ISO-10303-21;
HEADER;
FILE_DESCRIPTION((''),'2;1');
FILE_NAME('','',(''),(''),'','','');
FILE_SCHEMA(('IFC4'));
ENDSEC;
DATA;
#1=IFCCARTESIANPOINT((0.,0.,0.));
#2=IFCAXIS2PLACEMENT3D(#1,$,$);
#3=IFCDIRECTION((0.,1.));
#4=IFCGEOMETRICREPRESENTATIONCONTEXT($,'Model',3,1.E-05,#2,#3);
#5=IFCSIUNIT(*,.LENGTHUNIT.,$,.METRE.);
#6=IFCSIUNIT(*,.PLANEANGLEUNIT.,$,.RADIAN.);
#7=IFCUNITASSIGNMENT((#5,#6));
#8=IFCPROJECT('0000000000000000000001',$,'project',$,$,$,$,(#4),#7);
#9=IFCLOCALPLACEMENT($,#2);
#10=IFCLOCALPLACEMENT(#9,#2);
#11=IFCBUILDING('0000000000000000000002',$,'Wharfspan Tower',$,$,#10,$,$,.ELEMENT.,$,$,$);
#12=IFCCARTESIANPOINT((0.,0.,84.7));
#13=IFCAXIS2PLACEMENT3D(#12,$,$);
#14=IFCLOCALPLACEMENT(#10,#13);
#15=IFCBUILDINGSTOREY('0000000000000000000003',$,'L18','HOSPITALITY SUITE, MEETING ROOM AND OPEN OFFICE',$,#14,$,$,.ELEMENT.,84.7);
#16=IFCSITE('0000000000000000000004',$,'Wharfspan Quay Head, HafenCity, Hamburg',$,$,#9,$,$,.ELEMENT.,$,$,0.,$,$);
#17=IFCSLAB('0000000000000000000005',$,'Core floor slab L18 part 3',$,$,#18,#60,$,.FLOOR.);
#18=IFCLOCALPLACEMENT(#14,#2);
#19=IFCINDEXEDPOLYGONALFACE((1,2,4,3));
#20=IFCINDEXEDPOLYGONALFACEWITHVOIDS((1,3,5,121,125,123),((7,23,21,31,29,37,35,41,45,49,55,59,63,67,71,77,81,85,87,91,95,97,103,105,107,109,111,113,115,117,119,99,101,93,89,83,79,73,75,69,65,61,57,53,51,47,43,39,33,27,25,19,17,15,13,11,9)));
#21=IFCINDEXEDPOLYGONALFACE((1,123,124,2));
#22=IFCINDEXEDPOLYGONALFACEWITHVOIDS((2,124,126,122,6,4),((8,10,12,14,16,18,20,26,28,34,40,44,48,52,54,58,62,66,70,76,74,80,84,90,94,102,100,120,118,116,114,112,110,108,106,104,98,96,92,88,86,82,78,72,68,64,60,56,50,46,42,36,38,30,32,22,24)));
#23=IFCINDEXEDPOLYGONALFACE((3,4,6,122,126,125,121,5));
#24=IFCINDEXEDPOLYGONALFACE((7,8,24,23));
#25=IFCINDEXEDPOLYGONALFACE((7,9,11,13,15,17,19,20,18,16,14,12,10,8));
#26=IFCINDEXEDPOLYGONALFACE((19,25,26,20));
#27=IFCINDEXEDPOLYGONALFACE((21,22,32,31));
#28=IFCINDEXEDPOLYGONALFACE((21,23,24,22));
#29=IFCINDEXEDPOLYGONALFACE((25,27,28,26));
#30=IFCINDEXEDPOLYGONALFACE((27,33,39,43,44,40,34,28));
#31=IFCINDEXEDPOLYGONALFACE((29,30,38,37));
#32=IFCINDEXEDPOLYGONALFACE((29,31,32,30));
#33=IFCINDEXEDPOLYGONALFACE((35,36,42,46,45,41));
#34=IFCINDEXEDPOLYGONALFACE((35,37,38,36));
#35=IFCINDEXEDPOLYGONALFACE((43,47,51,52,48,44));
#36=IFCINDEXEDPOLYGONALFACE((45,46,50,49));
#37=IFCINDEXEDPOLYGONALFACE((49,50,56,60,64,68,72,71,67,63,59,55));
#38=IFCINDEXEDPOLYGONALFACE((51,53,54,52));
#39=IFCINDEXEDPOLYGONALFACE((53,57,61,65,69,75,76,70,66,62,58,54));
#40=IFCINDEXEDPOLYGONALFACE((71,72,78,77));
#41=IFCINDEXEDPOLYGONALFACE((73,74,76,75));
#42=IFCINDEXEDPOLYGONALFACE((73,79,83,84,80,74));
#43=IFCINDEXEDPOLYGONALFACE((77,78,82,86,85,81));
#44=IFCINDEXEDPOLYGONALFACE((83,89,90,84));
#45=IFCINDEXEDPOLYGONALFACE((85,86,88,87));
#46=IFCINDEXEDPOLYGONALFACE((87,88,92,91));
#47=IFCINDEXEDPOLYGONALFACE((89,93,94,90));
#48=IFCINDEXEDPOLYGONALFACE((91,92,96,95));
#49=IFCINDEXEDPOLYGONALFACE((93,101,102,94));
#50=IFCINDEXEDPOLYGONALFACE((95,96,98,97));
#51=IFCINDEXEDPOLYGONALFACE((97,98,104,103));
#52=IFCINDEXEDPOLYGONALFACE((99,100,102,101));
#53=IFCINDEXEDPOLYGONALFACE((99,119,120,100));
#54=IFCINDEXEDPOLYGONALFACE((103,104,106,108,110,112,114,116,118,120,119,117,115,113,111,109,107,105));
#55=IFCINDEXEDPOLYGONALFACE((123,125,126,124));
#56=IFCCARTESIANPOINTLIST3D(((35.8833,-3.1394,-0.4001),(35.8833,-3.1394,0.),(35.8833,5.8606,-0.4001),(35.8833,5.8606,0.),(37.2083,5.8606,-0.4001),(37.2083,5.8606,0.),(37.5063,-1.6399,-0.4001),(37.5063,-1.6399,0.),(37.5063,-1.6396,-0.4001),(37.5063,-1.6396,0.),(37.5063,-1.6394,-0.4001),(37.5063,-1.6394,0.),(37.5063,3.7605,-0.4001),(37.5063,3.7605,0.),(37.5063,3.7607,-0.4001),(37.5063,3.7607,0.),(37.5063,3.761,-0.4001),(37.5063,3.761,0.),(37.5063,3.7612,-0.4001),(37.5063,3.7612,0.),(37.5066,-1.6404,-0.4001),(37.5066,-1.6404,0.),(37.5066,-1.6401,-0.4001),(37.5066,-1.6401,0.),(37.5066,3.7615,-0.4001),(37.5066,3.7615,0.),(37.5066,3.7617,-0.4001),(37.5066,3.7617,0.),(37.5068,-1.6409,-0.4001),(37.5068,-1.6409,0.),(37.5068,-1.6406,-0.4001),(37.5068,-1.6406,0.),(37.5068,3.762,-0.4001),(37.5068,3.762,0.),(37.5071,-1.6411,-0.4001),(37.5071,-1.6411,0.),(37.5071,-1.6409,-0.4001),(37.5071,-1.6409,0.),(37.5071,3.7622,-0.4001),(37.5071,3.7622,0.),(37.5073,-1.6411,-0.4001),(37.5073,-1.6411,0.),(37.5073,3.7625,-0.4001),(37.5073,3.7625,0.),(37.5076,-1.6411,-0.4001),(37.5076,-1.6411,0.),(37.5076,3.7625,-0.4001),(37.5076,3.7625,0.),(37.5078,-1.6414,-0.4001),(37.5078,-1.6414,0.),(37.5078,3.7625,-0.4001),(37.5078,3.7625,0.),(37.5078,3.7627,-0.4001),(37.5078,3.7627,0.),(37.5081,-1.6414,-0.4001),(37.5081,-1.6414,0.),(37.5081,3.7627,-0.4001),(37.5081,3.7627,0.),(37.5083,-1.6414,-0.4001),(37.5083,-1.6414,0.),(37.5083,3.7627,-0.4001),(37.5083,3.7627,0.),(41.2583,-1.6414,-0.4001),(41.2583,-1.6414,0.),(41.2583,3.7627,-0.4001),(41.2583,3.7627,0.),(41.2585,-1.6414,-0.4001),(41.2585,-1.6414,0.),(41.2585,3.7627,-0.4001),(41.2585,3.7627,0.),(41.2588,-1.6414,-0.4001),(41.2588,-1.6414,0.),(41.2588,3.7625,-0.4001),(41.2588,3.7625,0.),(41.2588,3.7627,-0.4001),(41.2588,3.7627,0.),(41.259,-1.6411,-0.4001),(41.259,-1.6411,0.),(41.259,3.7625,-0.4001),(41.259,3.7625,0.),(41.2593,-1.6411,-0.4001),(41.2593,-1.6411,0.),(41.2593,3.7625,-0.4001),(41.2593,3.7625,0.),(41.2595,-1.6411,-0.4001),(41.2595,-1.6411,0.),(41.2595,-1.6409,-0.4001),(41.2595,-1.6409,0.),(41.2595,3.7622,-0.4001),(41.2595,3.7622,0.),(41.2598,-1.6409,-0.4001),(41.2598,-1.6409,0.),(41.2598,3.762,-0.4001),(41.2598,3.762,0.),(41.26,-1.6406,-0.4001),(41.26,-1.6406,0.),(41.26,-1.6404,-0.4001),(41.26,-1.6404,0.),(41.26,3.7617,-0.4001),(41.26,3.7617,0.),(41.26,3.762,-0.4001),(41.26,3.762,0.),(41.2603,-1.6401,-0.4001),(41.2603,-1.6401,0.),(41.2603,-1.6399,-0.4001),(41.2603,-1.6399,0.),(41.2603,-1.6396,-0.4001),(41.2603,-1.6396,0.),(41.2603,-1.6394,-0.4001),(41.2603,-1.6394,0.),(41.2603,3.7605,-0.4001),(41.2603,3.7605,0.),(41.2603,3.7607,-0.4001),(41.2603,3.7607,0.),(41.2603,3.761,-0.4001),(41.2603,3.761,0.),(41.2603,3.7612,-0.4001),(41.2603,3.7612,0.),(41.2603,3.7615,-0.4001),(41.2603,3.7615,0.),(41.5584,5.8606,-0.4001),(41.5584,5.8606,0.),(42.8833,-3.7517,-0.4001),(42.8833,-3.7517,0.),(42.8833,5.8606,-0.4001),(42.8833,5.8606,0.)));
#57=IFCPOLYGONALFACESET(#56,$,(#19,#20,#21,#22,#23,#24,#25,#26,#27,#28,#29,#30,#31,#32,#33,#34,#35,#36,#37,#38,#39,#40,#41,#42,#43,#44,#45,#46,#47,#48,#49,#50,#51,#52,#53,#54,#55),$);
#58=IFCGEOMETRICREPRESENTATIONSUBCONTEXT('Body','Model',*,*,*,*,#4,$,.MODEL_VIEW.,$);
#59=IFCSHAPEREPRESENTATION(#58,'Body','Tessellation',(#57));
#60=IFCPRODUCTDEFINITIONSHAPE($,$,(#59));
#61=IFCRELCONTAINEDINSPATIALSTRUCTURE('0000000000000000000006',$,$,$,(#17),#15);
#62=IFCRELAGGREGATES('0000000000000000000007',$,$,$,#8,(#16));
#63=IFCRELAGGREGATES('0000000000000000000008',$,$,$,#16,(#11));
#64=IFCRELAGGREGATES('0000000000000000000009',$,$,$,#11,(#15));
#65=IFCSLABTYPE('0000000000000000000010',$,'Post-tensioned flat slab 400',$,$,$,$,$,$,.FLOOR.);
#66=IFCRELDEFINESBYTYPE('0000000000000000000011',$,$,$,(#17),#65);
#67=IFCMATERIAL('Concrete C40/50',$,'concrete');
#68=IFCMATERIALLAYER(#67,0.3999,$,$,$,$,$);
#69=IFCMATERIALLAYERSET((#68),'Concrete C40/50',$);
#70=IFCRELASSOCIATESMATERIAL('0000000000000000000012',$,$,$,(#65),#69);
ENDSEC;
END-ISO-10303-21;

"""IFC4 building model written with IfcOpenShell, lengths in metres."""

from ifc_helpers import new_model, si_unit, direction, frame, origin, place, context, subcontext, project, spatial, polyline, outline, extrude, material, layer, layer_set, type_object, element, save


model = new_model("IFC4")

# Units and contexts
model_context = context("Model", 3, precision=1e-05, world=origin(), true_north=direction((0.0, 1.0)))
body_context = subcontext(model_context, "Body", "Model", "MODEL_VIEW")
ifc_project = project(units=[si_unit("LENGTHUNIT", "METRE"), si_unit("PLANEANGLEUNIT", "RADIAN")], contexts=[model_context])

# Site, building, storey
site_placement = place(None, origin())
site = spatial("IfcSite", under=ifc_project, at=site_placement, Name="Wharfspan Quay Head, HafenCity, Hamburg", CompositionType="ELEMENT", RefElevation=0.0)
building_placement = place(site_placement, origin())
building = spatial("IfcBuilding", under=site, at=building_placement, Name="Wharfspan Tower", CompositionType="ELEMENT")
storey_placement = place(building_placement, frame((0.0, 0.0, 84.7)))
storey = spatial("IfcBuildingStorey", under=building, at=storey_placement, Name="L18", Description="HOSPITALITY SUITE, MEETING ROOM AND OPEN OFFICE", CompositionType="ELEMENT", Elevation=84.7)

# Slab
ifc_material_1 = material(Name="Concrete C40/50", Category="concrete")
ifc_layer_1 = layer(ifc_material_1, 0.3999)
ifc_layer_set_1 = layer_set([ifc_layer_1], Name="Concrete C40/50")
slab_type_1 = type_object("IfcSlabType", Name="Post-tensioned flat slab 400", PredefinedType="FLOOR", material=ifc_layer_set_1)
slab_1_placement = place(storey_placement, frame((0.0, 0.0, -0.4001)))
element("IfcSlab", 1, at=slab_1_placement, inside=storey, type_object=slab_type_1, Name="Core floor slab L18 part 3", PredefinedType="FLOOR", context=body_context, shape_type="SweptSolid", body=[
    extrude(outline(polyline([(41.5583, 5.8606), (37.2083, 5.8606), (35.8833, 5.8606), (35.8833, -3.1394), (42.8833, -3.7517), (42.8833, 5.8606), (41.5583, 5.8606)]), holes=[polyline([(37.5063, 3.7605), (37.5063, 3.7607), (37.5063, 3.761), (37.5063, 3.7612), (37.5066, 3.7615), (37.5066, 3.7617), (37.5066, 3.7617), (37.5068, 3.762), (37.5068, 3.762), (37.5071, 3.7622), (37.5071, 3.7622), (37.5073, 3.7625), (37.5076, 3.7625), (37.5078, 3.7625), (37.5078, 3.7627), (37.5081, 3.7627), (37.5083, 3.7627), (41.2583, 3.7627), (41.2585, 3.7627), (41.2588, 3.7627), (41.2588, 3.7625), (41.259, 3.7625), (41.2593, 3.7625), (41.2595, 3.7622), (41.2595, 3.7622), (41.2598, 3.762), (41.26, 3.762), (41.26, 3.7617), (41.26, 3.7617), (41.2603, 3.7615), (41.2603, 3.7612), (41.2603, 3.761), (41.2603, 3.7607), (41.2603, 3.7605), (41.2603, -1.6394), (41.2603, -1.6396), (41.2603, -1.6399), (41.2603, -1.6399), (41.2603, -1.6401), (41.26, -1.6404), (41.26, -1.6404), (41.26, -1.6406), (41.2598, -1.6409), (41.2595, -1.6409), (41.2595, -1.6411), (41.2593, -1.6411), (41.259, -1.6411), (41.2588, -1.6414), (41.2588, -1.6414), (41.2585, -1.6414), (41.2583, -1.6414), (37.5083, -1.6414), (37.5081, -1.6414), (37.5078, -1.6414), (37.5078, -1.6414), (37.5076, -1.6411), (37.5073, -1.6411), (37.5071, -1.6411), (37.5071, -1.6409), (37.5068, -1.6409), (37.5068, -1.6406), (37.5066, -1.6404), (37.5066, -1.6404), (37.5066, -1.6401), (37.5063, -1.6399), (37.5063, -1.6399), (37.5063, -1.6396), (37.5063, -1.6394), (37.5063, 3.7605)])]), origin(), (0.0, 0.0, 1.0), 0.4001),
])

save(model, "model.ifc")
